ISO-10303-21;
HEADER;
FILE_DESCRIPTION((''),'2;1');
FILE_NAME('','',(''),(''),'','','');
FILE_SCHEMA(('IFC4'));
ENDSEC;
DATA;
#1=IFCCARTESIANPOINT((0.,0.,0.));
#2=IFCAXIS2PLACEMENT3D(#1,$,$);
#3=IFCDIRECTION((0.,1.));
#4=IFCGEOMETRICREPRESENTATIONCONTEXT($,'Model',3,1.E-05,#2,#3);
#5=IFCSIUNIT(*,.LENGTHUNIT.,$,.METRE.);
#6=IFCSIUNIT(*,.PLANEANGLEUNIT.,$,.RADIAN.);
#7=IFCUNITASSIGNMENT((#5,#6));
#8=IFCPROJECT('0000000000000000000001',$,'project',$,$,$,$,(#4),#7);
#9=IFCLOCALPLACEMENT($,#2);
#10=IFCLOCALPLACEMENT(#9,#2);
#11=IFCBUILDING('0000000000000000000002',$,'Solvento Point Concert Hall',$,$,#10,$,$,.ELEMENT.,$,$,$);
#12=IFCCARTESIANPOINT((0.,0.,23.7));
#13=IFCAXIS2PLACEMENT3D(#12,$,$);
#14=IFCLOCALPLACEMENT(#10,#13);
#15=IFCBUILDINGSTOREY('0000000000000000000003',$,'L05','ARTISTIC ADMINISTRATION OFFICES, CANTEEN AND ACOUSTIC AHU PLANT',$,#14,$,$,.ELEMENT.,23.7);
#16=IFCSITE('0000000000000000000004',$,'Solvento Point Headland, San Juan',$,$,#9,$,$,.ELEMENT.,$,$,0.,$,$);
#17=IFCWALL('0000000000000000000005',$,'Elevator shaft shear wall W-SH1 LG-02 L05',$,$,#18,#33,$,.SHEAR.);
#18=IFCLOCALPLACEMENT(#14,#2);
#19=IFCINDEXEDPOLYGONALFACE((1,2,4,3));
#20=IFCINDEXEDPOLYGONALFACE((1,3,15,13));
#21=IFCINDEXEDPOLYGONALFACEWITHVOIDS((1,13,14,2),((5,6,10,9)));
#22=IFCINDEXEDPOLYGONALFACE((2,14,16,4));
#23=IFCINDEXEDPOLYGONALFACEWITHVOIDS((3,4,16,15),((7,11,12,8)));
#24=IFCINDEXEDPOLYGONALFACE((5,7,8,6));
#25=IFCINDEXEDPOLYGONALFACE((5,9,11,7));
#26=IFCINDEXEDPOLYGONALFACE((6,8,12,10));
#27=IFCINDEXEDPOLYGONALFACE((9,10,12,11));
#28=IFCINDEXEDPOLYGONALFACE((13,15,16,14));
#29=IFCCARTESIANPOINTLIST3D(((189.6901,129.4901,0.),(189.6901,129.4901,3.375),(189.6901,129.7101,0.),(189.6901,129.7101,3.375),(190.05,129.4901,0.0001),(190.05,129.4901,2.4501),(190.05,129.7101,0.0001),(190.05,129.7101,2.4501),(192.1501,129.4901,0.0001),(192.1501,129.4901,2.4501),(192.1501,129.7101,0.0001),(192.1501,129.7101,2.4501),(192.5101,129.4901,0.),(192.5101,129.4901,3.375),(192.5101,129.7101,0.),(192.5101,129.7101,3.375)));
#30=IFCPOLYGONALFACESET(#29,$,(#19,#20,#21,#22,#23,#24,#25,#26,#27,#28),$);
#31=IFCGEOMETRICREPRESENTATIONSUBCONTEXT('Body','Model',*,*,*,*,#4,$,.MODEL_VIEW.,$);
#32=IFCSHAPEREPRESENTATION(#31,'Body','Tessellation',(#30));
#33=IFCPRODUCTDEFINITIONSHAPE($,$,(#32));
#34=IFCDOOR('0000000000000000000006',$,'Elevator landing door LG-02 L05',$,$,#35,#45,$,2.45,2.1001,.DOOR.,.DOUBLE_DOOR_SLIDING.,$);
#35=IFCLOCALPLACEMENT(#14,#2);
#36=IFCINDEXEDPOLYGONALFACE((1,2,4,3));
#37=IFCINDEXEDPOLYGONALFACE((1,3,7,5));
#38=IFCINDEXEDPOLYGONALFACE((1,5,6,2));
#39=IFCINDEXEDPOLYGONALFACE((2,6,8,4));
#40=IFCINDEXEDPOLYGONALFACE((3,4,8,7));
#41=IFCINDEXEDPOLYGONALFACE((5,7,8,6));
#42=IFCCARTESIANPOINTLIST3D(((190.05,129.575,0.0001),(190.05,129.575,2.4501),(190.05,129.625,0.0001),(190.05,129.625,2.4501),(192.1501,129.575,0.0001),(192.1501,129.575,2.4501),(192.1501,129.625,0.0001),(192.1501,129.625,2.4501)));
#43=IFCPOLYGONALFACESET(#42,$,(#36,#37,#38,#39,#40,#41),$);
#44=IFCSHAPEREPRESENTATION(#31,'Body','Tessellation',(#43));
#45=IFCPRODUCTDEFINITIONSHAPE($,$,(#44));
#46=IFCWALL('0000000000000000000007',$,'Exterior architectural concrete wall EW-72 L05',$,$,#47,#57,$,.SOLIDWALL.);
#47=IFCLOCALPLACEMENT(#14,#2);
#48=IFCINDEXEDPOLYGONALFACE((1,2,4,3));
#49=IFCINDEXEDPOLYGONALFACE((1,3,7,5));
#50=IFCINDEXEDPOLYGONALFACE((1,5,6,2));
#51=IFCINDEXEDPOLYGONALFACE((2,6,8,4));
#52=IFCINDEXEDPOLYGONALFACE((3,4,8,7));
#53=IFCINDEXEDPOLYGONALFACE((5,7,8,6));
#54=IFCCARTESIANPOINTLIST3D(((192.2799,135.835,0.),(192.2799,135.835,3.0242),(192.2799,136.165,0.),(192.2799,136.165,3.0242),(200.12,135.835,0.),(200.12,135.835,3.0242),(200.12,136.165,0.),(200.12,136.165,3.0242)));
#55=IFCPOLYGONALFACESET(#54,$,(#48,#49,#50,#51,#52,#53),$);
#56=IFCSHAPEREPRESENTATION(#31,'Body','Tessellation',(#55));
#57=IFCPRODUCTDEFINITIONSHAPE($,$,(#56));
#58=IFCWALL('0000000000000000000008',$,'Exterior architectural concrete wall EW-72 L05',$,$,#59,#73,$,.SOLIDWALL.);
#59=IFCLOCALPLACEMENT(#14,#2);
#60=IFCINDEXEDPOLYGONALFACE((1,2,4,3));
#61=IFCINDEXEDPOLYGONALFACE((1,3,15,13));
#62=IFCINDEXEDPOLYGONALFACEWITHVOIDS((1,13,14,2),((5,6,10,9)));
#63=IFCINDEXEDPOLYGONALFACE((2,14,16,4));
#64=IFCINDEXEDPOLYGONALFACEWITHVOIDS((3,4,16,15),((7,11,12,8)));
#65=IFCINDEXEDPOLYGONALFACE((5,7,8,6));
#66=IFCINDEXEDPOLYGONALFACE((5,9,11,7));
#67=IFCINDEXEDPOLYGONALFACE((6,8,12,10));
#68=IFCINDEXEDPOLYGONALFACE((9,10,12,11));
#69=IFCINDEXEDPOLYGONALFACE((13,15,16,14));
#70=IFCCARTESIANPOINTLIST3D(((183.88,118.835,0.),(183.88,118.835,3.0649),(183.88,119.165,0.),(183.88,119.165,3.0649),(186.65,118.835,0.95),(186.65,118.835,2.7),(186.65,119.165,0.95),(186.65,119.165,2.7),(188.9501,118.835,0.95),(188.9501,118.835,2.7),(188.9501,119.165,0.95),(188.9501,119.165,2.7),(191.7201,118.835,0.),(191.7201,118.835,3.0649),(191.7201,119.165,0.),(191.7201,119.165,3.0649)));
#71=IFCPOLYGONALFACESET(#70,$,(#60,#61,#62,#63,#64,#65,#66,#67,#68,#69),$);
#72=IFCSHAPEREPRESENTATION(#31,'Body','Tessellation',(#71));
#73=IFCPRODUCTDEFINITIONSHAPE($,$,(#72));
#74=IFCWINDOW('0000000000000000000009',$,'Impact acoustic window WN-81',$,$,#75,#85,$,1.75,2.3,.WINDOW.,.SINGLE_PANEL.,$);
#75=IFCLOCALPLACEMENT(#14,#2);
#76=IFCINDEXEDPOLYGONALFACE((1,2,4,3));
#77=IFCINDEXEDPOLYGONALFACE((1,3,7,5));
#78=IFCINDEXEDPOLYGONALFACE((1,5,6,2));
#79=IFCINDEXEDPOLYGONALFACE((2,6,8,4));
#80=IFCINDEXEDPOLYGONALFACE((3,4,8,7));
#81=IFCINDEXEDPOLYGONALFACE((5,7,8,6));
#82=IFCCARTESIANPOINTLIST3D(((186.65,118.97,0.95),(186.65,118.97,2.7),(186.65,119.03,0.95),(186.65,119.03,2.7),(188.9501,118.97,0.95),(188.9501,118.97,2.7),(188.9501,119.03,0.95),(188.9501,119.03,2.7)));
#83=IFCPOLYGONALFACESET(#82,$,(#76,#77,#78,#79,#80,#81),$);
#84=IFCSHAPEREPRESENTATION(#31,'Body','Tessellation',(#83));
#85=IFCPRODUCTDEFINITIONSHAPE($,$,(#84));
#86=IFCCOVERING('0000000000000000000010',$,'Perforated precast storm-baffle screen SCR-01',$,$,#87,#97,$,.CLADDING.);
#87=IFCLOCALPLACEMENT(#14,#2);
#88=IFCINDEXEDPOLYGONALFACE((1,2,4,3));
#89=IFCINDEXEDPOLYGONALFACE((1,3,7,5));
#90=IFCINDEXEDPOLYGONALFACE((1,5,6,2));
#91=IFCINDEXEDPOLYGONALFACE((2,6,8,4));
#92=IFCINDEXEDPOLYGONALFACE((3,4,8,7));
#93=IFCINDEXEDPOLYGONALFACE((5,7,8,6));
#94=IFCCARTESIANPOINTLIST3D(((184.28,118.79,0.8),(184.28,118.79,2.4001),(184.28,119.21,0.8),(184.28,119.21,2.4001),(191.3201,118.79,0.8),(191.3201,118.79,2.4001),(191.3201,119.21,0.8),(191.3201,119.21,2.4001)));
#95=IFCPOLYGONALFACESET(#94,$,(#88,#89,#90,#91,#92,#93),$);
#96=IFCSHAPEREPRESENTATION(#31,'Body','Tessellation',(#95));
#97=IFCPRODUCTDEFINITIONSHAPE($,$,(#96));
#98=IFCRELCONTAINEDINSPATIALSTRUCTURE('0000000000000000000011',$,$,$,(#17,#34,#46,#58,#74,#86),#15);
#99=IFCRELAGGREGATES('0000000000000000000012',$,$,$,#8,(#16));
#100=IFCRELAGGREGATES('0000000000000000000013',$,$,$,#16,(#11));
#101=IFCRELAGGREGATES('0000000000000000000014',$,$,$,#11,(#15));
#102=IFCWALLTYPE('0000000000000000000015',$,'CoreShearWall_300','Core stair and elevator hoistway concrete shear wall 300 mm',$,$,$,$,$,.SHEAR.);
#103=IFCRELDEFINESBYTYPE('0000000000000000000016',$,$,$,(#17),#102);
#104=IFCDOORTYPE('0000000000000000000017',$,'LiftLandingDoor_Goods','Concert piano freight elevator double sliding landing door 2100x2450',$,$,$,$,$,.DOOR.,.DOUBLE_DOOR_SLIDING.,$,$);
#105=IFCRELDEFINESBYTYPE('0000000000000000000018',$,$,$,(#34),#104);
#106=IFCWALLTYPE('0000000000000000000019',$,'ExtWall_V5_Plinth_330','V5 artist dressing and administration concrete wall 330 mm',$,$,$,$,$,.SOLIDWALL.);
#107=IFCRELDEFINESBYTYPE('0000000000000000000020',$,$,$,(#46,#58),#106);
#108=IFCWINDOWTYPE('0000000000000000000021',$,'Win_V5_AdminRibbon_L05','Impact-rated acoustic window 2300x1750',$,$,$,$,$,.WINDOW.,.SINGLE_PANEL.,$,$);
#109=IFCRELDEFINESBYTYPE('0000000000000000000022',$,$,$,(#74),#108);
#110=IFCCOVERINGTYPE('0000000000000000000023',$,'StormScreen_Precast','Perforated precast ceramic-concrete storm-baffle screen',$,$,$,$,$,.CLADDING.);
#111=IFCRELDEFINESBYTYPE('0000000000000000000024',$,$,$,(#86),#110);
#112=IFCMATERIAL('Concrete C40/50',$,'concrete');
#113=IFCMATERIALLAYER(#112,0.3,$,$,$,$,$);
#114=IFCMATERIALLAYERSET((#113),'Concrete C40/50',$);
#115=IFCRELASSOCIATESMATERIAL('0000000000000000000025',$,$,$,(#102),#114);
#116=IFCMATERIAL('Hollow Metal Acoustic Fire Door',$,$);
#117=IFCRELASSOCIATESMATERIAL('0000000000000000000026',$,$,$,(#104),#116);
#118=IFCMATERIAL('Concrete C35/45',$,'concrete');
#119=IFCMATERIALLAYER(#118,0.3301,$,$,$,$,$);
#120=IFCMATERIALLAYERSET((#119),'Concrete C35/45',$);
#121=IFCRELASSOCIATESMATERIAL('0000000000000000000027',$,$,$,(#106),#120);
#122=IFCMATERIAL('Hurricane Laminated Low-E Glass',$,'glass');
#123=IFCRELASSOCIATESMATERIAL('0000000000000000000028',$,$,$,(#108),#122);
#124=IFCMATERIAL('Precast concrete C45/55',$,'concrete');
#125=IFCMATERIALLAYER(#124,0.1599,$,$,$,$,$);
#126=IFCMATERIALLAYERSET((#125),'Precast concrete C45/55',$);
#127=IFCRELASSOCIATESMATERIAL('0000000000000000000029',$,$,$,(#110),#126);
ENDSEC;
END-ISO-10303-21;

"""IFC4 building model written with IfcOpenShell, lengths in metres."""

from ifc_helpers import new_model, si_unit, direction, frame, frame_2d, origin, origin_2d, place, context, subcontext, project, spatial, rectangle, extrude, material, layer, layer_set, type_object, element, fill, save


model = new_model("IFC4")

# Units and contexts
model_context = context("Model", 3, precision=1e-05, world=origin(), true_north=direction((0.0, 1.0)))
body_context = subcontext(model_context, "Body", "Model", "MODEL_VIEW")
ifc_project = project(units=[si_unit("LENGTHUNIT", "METRE"), si_unit("PLANEANGLEUNIT", "RADIAN")], contexts=[model_context])

# Site, building, storey
site_placement = place(None, origin())
site = spatial("IfcSite", under=ifc_project, at=site_placement, Name="Solvento Point Headland, San Juan", CompositionType="ELEMENT", RefElevation=0.0)
building_placement = place(site_placement, origin())
building = spatial("IfcBuilding", under=site, at=building_placement, Name="Solvento Point Concert Hall", CompositionType="ELEMENT")
storey_placement = place(building_placement, frame((0.0, 0.0, 23.7)))
storey = spatial("IfcBuildingStorey", under=building, at=storey_placement, Name="L05", Description="ARTISTIC ADMINISTRATION OFFICES, CANTEEN AND ACOUSTIC AHU PLANT", CompositionType="ELEMENT", Elevation=23.7)

# Shared definitions
ifc_material_1 = material(Name="Concrete C40/50", Category="concrete")
ifc_layer_1 = layer(ifc_material_1, 0.3)
ifc_layer_set_1 = layer_set([ifc_layer_1], Name="Concrete C40/50")
wall_type_1 = type_object("IfcWallType", Name="CoreShearWall_300", Description="Core stair and elevator hoistway concrete shear wall 300 mm", PredefinedType="SHEAR", material=ifc_layer_set_1)

# Wall, opening, door
wall_1_placement = place(storey_placement, frame((189.6899, 129.6001, 0.0), z_axis=(0.0, 0.0, 1.0), x_axis=(1.0, 0.0, 0.0)))
wall_1 = element("IfcWall", 1, at=wall_1_placement, inside=storey, type_object=wall_type_1, Name="Elevator shaft shear wall W-SH1 LG-02 L05", PredefinedType="SHEAR", context=body_context, shape_type="SweptSolid", body=[
    extrude(rectangle(XDim=2.8201, YDim=0.22, at=frame_2d((1.4102, 0.0))), origin(), (0.0, 0.0, 1.0), 3.375),
])
opening_1_placement = place(wall_1_placement, frame((0.3601, 0.0, 0.0)))
opening_1 = element("IfcOpeningElement", 2, at=opening_1_placement, cuts=wall_1, PredefinedType="OPENING", context=body_context, shape_type="SweptSolid", body=[
    extrude(rectangle(XDim=2.1001, YDim=2.45, at=frame_2d((1.05, 1.2251))), frame((0.0, 0.1199, 0.0), z_axis=(0.0, -1.0, 0.0), x_axis=(1.0, 0.0, 0.0)), (0.0, 0.0, 1.0), 0.24),
])
ifc_material_2 = material(Name="Hollow Metal Acoustic Fire Door")
door_type_1 = type_object("IfcDoorType", Name="LiftLandingDoor_Goods", Description="Concert piano freight elevator double sliding landing door 2100x2450", OperationType="DOUBLE_DOOR_SLIDING", PredefinedType="DOOR", material=ifc_material_2)
door_1_placement = place(opening_1_placement, origin())
door_1 = element("IfcDoor", 3, at=door_1_placement, inside=storey, type_object=door_type_1, Name="Elevator landing door LG-02 L05", OperationType="DOUBLE_DOOR_SLIDING", OverallHeight=2.45, OverallWidth=2.1001, PredefinedType="DOOR", context=body_context, shape_type="SweptSolid", body=[
    extrude(rectangle(XDim=2.1001, YDim=2.45, at=frame_2d((1.05, 1.2251))), frame((0.0, 0.0249, 0.0), z_axis=(0.0, -1.0, 0.0), x_axis=(1.0, 0.0, 0.0)), (0.0, 0.0, 1.0), 0.05),
])
fill(opening_1, door_1)

# Wall
ifc_material_3 = material(Name="Concrete C35/45", Category="concrete")
ifc_layer_2 = layer(ifc_material_3, 0.3301)
ifc_layer_set_2 = layer_set([ifc_layer_2], Name="Concrete C35/45")
wall_type_2 = type_object("IfcWallType", Name="ExtWall_V5_Plinth_330", Description="V5 artist dressing and administration concrete wall 330 mm", PredefinedType="SOLIDWALL", material=ifc_layer_set_2)
wall_2_placement = place(storey_placement, frame((192.28, 136.0, 0.0), z_axis=(0.0, 0.0, 1.0), x_axis=(1.0, 0.0, 0.0)))
element("IfcWall", 4, at=wall_2_placement, inside=storey, type_object=wall_type_2, Name="Exterior architectural concrete wall EW-72 L05", PredefinedType="SOLIDWALL", context=body_context, shape_type="SweptSolid", body=[
    extrude(rectangle(XDim=7.8401, YDim=0.3301, at=frame_2d((3.9199, 0.0))), origin(), (0.0, 0.0, 1.0), 3.0242),
])

# Wall, opening, window
wall_3_placement = place(storey_placement, frame((191.72, 119.0, 0.0), z_axis=(0.0, 0.0, 1.0), x_axis=(-1.0, 0.0, 0.0)))
wall_3 = element("IfcWall", 5, at=wall_3_placement, inside=storey, type_object=wall_type_2, Name="Exterior architectural concrete wall EW-72 L05", PredefinedType="SOLIDWALL", context=body_context, shape_type="SweptSolid", body=[
    extrude(rectangle(XDim=7.8401, YDim=0.3301, at=frame_2d((3.9199, 0.0))), origin(), (0.0, 0.0, 1.0), 3.0649),
])
opening_2_placement = place(wall_3_placement, frame((2.77, 0.0, 0.95)))
opening_2 = element("IfcOpeningElement", 6, at=opening_2_placement, cuts=wall_3, PredefinedType="OPENING", context=body_context, shape_type="SweptSolid", body=[
    extrude(rectangle(XDim=2.3, YDim=1.75, at=frame_2d((1.1499, 0.875))), frame((0.0, 0.175, 0.0), z_axis=(0.0, -1.0, 0.0), x_axis=(1.0, 0.0, 0.0)), (0.0, 0.0, 1.0), 0.3501),
])
ifc_material_4 = material(Name="Hurricane Laminated Low-E Glass", Category="glass")
window_type = type_object("IfcWindowType", Name="Win_V5_AdminRibbon_L05", Description="Impact-rated acoustic window 2300x1750", PartitioningType="SINGLE_PANEL", PredefinedType="WINDOW", material=ifc_material_4)
window_placement = place(opening_2_placement, origin())
window = element("IfcWindow", 7, at=window_placement, inside=storey, type_object=window_type, Name="Impact acoustic window WN-81", OverallHeight=1.75, OverallWidth=2.3, PartitioningType="SINGLE_PANEL", PredefinedType="WINDOW", context=body_context, shape_type="SweptSolid", body=[
    extrude(rectangle(XDim=2.3, YDim=1.75, at=frame_2d((1.1499, 0.875))), frame((0.0, 0.03, 0.0), z_axis=(0.0, -1.0, 0.0), x_axis=(1.0, 0.0, 0.0)), (0.0, 0.0, 1.0), 0.0601),
])
fill(opening_2, window)

# Covering
ifc_material_5 = material(Name="Precast concrete C45/55", Category="concrete")
ifc_layer_3 = layer(ifc_material_5, 0.1599)
ifc_layer_set_3 = layer_set([ifc_layer_3], Name="Precast concrete C45/55")
covering_type = type_object("IfcCoveringType", Name="StormScreen_Precast", Description="Perforated precast ceramic-concrete storm-baffle screen", PredefinedType="CLADDING", material=ifc_layer_set_3)
covering_placement = place(storey_placement, frame((187.8, 119.0, 0.8), z_axis=(0.0, 0.0, 1.0), x_axis=(-1.0, 0.0, 0.0)))
element("IfcCovering", 8, at=covering_placement, inside=storey, type_object=covering_type, Name="Perforated precast storm-baffle screen SCR-01", PredefinedType="CLADDING", context=body_context, shape_type="SweptSolid", body=[
    extrude(rectangle(XDim=7.04, YDim=0.4199, at=origin_2d()), origin(), (0.0, 0.0, 1.0), 1.6001),
])

save(model, "model.ifc")
